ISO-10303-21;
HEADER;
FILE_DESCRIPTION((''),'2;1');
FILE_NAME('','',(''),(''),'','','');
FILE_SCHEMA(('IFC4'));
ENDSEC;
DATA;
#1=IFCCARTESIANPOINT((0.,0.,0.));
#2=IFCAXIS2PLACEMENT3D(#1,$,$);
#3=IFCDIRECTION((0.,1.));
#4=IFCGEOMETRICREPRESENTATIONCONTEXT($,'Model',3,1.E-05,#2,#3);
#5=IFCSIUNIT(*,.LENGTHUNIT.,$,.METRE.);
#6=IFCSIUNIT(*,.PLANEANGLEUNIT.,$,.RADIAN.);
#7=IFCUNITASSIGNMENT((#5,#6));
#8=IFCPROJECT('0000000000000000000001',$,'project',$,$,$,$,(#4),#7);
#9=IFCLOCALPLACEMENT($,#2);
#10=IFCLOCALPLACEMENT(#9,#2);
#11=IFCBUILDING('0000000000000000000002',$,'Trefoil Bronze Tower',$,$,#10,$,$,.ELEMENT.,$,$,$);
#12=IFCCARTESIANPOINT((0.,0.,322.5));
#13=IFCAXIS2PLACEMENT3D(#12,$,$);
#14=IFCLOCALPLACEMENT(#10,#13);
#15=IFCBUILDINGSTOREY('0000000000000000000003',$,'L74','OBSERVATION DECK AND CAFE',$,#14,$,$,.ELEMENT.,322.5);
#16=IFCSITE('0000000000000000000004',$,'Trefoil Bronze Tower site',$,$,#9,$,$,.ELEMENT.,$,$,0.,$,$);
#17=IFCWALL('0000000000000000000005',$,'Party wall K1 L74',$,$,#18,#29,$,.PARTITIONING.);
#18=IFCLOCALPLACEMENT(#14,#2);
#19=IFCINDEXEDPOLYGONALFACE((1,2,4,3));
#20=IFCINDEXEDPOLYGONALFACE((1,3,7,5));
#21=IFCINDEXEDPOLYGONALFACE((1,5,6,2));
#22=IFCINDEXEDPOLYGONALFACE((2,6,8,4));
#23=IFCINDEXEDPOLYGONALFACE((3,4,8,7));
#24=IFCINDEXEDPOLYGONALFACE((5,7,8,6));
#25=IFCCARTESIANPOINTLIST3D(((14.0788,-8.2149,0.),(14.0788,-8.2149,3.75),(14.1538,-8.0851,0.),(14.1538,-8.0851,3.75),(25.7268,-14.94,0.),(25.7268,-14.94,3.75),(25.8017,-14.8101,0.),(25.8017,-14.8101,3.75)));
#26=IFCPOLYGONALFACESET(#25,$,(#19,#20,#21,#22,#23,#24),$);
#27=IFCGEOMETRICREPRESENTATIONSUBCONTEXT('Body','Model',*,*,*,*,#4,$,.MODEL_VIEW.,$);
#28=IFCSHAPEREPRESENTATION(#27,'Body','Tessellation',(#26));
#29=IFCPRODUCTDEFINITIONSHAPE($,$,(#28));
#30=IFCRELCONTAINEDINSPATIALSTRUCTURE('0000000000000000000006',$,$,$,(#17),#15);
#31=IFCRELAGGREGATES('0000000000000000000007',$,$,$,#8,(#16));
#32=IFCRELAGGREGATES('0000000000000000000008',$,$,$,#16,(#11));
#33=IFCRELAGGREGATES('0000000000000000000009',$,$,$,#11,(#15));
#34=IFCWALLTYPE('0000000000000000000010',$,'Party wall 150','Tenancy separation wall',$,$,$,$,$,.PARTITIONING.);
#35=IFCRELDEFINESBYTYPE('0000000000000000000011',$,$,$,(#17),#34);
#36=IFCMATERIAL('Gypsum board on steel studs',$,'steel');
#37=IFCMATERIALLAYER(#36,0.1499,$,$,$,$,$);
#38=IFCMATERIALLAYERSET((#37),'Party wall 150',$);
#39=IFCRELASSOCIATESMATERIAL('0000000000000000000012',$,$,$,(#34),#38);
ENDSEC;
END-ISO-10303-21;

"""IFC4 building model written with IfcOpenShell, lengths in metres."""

from ifc_helpers import new_model, si_unit, direction, frame, frame_2d, origin, place, context, subcontext, project, spatial, rectangle, extrude, material, layer, layer_set, type_object, element, save


model = new_model("IFC4")

# Units and contexts
model_context = context("Model", 3, precision=1e-05, world=origin(), true_north=direction((0.0, 1.0)))
body_context = subcontext(model_context, "Body", "Model", "MODEL_VIEW")
ifc_project = project(units=[si_unit("LENGTHUNIT", "METRE"), si_unit("PLANEANGLEUNIT", "RADIAN")], contexts=[model_context])

# Site, building, storey
site_placement = place(None, origin())
site = spatial("IfcSite", under=ifc_project, at=site_placement, Name="Trefoil Bronze Tower site", CompositionType="ELEMENT", RefElevation=0.0)
building_placement = place(site_placement, origin())
building = spatial("IfcBuilding", under=site, at=building_placement, Name="Trefoil Bronze Tower", CompositionType="ELEMENT")
storey_placement = place(building_placement, frame((0.0, 0.0, 322.5)))
storey = spatial("IfcBuildingStorey", under=building, at=storey_placement, Name="L74", Description="OBSERVATION DECK AND CAFE", CompositionType="ELEMENT", Elevation=322.5)

# Wall
ifc_material_1 = material(Name="Gypsum board on steel studs", Category="steel")
ifc_layer_1 = layer(ifc_material_1, 0.1499)
ifc_layer_set_1 = layer_set([ifc_layer_1], Name="Party wall 150")
wall_type_1 = type_object("IfcWallType", Name="Party wall 150", Description="Tenancy separation wall", PredefinedType="PARTITIONING", material=ifc_layer_set_1)
wall_1_placement = place(storey_placement, frame((14.1162, -8.1499, 0.0), z_axis=(0.0, 0.0, 1.0), x_axis=(0.866021, -0.500008, 0.0)))
element("IfcWall", 1, at=wall_1_placement, inside=storey, type_object=wall_type_1, Name="Party wall K1 L74", PredefinedType="PARTITIONING", context=body_context, shape_type="SweptSolid", body=[
    extrude(rectangle(XDim=13.45, YDim=0.1499, at=frame_2d((6.7251, 0.0))), origin(), (0.0, 0.0, 1.0), 3.75),
])

save(model, "model.ifc")
